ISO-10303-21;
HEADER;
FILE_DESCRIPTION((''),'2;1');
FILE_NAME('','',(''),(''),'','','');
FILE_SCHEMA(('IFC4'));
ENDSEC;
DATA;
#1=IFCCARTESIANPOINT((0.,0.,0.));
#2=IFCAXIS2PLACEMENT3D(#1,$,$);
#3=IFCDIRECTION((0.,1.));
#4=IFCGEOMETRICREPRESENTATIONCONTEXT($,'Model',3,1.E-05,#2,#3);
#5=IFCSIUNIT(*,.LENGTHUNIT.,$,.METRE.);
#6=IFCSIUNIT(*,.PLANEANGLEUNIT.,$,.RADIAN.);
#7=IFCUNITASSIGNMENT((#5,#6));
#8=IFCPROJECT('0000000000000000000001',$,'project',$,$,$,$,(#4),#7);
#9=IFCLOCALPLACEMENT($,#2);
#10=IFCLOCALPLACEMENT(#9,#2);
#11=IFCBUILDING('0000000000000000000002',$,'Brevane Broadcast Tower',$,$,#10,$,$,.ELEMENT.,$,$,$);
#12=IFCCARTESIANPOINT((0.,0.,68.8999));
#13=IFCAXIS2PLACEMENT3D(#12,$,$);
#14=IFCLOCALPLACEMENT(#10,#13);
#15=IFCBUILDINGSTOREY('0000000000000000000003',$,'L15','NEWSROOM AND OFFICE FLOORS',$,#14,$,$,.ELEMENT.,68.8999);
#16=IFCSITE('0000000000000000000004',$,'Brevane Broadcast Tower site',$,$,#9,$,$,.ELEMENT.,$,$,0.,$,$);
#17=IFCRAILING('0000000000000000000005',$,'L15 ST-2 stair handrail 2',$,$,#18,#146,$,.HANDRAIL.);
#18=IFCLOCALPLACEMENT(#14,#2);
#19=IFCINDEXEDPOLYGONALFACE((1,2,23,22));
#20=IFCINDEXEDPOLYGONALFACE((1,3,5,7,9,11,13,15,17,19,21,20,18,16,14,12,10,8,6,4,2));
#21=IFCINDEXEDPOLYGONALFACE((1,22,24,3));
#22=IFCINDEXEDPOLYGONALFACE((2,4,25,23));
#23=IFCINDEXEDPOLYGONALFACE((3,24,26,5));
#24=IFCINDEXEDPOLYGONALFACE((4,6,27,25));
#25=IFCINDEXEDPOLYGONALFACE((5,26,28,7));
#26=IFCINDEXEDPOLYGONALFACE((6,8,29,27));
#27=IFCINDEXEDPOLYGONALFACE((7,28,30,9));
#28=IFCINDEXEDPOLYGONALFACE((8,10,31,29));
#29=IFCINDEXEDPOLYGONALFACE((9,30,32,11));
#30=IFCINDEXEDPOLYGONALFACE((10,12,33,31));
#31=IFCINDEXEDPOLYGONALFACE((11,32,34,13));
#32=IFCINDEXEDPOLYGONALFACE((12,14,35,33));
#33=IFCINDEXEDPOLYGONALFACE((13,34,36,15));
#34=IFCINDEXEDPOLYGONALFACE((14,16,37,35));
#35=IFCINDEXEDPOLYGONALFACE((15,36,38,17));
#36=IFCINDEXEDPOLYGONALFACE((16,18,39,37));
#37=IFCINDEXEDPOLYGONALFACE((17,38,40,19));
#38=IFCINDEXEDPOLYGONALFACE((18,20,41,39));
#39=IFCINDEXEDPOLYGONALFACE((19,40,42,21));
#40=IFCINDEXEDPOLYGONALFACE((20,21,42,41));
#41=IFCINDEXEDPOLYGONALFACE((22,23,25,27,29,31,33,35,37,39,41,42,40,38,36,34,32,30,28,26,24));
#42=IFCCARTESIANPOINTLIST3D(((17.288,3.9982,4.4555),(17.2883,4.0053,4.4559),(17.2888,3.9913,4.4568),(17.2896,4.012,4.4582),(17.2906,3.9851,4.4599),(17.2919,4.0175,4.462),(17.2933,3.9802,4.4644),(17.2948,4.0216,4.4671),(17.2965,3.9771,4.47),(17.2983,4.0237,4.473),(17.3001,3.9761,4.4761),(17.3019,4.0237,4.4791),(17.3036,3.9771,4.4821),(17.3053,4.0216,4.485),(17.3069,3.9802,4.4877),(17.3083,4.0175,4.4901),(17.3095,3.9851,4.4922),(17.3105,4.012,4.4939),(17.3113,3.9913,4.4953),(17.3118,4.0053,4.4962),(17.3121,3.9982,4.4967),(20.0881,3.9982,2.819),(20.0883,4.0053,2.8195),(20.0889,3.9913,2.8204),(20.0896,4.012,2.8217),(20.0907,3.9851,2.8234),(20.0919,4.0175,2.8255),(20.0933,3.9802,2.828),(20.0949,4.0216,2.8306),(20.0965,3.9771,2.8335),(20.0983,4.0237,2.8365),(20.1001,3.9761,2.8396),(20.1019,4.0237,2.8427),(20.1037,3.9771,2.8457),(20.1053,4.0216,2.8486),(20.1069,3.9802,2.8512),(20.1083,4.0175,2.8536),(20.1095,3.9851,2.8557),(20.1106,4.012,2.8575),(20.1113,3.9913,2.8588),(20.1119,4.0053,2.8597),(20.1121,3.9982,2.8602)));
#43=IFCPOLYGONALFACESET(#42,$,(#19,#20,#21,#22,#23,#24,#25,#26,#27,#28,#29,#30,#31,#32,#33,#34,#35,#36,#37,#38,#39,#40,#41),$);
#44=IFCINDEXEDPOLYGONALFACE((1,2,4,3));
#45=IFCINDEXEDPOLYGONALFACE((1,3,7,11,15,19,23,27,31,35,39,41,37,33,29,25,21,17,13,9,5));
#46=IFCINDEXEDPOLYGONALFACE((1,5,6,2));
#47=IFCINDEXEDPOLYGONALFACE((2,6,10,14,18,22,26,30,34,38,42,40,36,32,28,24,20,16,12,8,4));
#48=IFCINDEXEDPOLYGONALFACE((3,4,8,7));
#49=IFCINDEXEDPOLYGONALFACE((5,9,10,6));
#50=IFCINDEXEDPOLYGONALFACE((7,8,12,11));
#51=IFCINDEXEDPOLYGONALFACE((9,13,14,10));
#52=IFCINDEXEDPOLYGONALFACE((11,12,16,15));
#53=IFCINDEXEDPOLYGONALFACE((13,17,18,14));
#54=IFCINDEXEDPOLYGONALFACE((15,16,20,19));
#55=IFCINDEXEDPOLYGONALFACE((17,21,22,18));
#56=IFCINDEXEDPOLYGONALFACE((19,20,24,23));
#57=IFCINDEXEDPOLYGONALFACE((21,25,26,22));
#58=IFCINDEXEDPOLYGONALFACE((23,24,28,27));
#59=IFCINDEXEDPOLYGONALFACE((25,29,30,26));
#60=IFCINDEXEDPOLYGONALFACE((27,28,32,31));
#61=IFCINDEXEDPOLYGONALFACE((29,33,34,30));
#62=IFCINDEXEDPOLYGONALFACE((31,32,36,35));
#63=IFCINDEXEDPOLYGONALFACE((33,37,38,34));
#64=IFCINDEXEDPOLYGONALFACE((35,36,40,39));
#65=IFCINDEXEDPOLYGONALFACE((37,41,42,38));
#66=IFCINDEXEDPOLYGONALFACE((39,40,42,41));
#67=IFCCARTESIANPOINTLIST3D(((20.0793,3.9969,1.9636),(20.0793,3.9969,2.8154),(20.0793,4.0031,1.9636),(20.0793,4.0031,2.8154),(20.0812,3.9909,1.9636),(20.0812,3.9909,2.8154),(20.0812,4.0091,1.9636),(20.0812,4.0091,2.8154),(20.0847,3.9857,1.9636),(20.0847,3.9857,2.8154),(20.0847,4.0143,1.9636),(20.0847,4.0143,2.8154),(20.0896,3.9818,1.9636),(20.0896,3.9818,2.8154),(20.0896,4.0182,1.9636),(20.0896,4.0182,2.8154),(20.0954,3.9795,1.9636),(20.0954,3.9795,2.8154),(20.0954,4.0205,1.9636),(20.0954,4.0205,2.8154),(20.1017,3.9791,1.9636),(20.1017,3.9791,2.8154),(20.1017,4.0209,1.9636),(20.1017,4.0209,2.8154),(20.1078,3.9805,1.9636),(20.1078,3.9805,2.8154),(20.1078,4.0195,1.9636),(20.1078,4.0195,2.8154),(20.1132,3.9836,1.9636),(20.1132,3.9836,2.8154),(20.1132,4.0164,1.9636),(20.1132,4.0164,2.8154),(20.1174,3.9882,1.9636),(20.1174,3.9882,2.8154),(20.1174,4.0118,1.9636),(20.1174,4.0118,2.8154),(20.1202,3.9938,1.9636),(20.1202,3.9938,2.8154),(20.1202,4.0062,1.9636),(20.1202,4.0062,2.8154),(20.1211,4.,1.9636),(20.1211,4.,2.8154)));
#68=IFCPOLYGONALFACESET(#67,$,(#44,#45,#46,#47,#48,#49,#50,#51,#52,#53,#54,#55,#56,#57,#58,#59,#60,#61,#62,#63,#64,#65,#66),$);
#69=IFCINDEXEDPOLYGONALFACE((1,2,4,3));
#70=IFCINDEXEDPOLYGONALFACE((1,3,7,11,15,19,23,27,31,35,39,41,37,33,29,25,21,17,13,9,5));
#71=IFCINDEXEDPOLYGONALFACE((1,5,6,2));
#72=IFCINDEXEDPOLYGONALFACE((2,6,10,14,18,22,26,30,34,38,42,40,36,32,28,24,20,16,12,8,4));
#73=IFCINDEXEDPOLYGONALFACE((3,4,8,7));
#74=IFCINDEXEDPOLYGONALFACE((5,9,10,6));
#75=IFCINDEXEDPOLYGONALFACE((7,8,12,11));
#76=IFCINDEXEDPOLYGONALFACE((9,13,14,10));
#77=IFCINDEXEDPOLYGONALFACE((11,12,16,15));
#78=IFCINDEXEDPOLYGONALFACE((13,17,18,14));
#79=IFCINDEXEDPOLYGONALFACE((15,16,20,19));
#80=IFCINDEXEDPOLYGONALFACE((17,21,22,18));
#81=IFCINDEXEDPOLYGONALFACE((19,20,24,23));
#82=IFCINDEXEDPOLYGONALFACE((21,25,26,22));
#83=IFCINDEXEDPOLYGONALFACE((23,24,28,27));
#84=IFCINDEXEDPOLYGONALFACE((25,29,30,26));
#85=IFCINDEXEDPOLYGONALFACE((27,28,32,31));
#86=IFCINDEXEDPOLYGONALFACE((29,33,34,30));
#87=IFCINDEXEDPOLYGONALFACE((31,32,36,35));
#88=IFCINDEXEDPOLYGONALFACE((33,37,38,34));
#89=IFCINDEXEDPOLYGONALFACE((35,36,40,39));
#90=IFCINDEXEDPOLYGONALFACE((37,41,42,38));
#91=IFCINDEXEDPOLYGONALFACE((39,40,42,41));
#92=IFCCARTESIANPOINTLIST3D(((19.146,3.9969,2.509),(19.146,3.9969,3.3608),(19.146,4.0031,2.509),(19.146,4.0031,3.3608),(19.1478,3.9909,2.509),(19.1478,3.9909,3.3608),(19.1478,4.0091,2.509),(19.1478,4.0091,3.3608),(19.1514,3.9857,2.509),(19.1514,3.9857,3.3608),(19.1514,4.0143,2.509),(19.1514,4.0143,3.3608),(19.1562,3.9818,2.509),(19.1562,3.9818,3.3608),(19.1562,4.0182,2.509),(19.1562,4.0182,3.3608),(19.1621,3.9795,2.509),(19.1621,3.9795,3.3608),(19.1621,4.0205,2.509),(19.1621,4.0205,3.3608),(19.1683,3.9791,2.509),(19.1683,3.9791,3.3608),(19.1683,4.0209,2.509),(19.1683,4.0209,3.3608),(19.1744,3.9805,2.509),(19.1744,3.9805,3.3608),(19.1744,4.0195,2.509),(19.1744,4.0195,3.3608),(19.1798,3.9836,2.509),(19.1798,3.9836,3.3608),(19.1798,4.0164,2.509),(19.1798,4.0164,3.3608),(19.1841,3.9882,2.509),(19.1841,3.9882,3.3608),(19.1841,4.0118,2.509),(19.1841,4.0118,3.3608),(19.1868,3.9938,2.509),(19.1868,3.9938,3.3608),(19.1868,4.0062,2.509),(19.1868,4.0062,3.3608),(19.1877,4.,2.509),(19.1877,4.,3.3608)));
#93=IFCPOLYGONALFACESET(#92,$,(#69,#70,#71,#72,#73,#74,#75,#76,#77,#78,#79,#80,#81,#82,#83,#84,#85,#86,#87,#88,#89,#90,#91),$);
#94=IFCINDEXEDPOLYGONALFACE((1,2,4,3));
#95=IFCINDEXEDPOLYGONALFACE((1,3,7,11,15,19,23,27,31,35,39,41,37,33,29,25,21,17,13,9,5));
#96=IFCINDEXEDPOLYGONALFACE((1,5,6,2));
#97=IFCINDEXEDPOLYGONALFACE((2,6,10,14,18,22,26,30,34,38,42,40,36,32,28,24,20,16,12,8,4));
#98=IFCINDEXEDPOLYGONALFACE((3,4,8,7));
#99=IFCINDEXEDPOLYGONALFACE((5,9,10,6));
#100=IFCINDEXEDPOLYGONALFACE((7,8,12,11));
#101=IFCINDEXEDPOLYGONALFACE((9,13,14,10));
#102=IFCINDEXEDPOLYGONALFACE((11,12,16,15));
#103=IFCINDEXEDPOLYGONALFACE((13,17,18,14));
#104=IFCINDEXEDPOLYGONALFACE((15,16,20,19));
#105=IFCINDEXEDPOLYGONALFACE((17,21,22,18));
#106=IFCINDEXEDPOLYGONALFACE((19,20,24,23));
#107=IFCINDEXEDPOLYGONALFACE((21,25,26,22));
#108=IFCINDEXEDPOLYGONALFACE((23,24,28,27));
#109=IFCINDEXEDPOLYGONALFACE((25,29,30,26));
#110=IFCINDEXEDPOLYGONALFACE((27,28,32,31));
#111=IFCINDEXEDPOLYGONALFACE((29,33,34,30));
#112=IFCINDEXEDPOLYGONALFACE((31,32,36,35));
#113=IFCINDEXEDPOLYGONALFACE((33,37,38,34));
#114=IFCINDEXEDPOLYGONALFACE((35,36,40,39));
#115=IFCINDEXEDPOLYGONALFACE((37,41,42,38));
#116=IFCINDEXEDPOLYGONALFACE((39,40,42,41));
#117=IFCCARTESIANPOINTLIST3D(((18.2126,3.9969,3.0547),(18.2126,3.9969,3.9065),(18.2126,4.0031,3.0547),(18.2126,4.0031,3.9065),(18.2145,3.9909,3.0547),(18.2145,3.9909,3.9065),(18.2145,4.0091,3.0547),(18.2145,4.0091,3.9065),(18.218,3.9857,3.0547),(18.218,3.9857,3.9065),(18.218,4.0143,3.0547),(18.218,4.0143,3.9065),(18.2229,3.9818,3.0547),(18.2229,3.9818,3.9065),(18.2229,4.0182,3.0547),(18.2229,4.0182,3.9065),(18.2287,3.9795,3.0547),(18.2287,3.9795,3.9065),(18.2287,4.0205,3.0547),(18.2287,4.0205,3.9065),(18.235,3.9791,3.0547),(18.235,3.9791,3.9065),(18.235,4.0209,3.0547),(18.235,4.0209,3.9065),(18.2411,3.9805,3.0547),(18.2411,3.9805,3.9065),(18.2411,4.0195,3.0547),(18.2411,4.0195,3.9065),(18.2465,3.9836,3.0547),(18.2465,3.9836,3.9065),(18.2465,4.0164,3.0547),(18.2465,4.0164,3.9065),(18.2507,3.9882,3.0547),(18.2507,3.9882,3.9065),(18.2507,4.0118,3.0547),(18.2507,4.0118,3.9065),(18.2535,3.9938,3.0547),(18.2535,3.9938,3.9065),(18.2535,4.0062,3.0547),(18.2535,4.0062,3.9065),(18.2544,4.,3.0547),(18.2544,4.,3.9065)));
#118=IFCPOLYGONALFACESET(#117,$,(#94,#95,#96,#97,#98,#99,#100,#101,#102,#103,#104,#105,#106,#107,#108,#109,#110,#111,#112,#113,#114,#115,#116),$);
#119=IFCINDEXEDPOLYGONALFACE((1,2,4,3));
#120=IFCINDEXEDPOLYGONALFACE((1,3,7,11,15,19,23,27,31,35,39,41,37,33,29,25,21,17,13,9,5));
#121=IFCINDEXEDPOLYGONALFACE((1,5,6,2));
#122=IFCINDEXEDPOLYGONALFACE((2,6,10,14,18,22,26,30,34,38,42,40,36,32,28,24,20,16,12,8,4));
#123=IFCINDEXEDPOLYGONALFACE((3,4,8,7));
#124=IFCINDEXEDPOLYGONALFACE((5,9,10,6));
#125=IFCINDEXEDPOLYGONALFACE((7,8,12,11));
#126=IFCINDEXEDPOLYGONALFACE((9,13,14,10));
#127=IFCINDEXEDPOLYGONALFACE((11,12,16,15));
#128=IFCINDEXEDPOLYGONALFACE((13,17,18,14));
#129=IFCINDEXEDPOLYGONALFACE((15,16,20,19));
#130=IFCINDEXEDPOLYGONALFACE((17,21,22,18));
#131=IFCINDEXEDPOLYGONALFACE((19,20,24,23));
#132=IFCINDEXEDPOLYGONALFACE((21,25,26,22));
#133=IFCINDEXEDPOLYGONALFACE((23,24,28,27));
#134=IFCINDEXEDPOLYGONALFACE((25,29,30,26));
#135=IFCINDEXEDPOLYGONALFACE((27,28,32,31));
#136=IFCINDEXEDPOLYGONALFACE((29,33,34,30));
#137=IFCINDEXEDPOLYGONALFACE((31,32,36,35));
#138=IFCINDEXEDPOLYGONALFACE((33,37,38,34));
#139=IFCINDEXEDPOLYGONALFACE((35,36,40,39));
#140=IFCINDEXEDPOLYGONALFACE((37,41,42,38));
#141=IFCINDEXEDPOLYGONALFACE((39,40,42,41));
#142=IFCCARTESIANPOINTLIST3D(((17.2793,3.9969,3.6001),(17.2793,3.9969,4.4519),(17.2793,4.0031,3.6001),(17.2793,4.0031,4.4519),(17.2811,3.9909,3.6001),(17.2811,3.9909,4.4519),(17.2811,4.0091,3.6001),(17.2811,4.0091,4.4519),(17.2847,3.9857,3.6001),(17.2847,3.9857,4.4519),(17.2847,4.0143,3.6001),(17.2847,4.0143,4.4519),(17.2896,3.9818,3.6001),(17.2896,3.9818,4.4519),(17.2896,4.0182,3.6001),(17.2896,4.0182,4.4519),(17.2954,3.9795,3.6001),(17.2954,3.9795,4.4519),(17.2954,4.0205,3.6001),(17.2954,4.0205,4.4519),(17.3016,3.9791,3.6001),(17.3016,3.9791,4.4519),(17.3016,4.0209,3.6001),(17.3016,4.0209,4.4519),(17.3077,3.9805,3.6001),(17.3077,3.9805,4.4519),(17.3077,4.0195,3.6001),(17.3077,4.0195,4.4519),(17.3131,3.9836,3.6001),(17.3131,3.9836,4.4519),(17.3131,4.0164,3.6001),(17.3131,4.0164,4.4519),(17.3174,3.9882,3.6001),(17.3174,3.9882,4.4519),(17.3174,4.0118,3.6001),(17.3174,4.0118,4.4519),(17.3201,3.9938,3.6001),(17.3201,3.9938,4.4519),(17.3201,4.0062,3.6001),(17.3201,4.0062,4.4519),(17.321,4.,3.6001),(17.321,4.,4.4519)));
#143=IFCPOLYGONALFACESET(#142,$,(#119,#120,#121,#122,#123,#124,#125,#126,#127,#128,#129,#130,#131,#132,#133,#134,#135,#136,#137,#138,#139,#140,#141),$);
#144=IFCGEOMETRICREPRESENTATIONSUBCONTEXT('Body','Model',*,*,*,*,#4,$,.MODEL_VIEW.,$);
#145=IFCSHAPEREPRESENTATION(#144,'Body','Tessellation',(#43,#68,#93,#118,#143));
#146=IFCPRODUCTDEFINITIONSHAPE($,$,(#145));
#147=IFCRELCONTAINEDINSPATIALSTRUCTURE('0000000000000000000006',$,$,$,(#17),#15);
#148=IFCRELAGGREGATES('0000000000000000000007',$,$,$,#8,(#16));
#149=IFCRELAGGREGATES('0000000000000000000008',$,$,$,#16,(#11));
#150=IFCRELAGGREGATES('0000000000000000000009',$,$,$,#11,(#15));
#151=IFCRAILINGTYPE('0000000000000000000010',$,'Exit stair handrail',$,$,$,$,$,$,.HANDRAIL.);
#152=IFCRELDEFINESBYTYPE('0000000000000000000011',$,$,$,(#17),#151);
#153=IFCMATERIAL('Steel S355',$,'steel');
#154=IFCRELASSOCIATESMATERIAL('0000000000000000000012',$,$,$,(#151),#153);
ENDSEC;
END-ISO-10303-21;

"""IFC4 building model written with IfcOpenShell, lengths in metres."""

from ifc_helpers import new_model, si_unit, direction, frame, origin, origin_2d, place, context, subcontext, project, spatial, circle, extrude, material, type_object, element, save


model = new_model("IFC4")

# Units and contexts
model_context = context("Model", 3, precision=1e-05, world=origin(), true_north=direction((0.0, 1.0)))
body_context = subcontext(model_context, "Body", "Model", "MODEL_VIEW")
ifc_project = project(units=[si_unit("LENGTHUNIT", "METRE"), si_unit("PLANEANGLEUNIT", "RADIAN")], contexts=[model_context])

# Site, building, storey
site_placement = place(None, origin())
site = spatial("IfcSite", under=ifc_project, at=site_placement, Name="Brevane Broadcast Tower site", CompositionType="ELEMENT", RefElevation=0.0)
building_placement = place(site_placement, origin())
building = spatial("IfcBuilding", under=site, at=building_placement, Name="Brevane Broadcast Tower", CompositionType="ELEMENT")
storey_placement = place(building_placement, frame((0.0, 0.0, 68.8999)))
storey = spatial("IfcBuildingStorey", under=building, at=storey_placement, Name="L15", Description="NEWSROOM AND OFFICE FLOORS", CompositionType="ELEMENT", Elevation=68.8999)

# Railing
ifc_material_1 = material(Name="Steel S355", Category="steel")
railing_type_1 = type_object("IfcRailingType", Name="Exit stair handrail", PredefinedType="HANDRAIL", material=ifc_material_1)
railing_1_placement = place(storey_placement, frame((20.1001, 4.0, 1.9636)))
element("IfcRailing", 1, at=railing_1_placement, inside=storey, type_object=railing_type_1, Name="L15 ST-2 stair handrail 2", PredefinedType="HANDRAIL", context=body_context, shape_type="SweptSolid", body=[
    extrude(circle(Radius=0.0239, at=origin_2d()), frame((0.0, 0.0, 0.876), z_axis=(-0.863361, 0.0, 0.504587), x_axis=(0.0, -1.0, 0.0)), (0.0, 0.0, 1.0), 3.2432),
    extrude(circle(Radius=0.021, at=origin_2d()), origin(), (0.0, 0.0, 1.0), 0.8518),
    extrude(circle(Radius=0.021, at=origin_2d()), frame((-0.9333, 0.0, 0.5454)), (0.0, 0.0, 1.0), 0.8518),
    extrude(circle(Radius=0.021, at=origin_2d()), frame((-1.8667, 0.0, 1.0911)), (0.0, 0.0, 1.0), 0.8518),
    extrude(circle(Radius=0.021, at=origin_2d()), frame((-2.8, 0.0, 1.6365)), (0.0, 0.0, 1.0), 0.8518),
])

save(model, "model.ifc")
